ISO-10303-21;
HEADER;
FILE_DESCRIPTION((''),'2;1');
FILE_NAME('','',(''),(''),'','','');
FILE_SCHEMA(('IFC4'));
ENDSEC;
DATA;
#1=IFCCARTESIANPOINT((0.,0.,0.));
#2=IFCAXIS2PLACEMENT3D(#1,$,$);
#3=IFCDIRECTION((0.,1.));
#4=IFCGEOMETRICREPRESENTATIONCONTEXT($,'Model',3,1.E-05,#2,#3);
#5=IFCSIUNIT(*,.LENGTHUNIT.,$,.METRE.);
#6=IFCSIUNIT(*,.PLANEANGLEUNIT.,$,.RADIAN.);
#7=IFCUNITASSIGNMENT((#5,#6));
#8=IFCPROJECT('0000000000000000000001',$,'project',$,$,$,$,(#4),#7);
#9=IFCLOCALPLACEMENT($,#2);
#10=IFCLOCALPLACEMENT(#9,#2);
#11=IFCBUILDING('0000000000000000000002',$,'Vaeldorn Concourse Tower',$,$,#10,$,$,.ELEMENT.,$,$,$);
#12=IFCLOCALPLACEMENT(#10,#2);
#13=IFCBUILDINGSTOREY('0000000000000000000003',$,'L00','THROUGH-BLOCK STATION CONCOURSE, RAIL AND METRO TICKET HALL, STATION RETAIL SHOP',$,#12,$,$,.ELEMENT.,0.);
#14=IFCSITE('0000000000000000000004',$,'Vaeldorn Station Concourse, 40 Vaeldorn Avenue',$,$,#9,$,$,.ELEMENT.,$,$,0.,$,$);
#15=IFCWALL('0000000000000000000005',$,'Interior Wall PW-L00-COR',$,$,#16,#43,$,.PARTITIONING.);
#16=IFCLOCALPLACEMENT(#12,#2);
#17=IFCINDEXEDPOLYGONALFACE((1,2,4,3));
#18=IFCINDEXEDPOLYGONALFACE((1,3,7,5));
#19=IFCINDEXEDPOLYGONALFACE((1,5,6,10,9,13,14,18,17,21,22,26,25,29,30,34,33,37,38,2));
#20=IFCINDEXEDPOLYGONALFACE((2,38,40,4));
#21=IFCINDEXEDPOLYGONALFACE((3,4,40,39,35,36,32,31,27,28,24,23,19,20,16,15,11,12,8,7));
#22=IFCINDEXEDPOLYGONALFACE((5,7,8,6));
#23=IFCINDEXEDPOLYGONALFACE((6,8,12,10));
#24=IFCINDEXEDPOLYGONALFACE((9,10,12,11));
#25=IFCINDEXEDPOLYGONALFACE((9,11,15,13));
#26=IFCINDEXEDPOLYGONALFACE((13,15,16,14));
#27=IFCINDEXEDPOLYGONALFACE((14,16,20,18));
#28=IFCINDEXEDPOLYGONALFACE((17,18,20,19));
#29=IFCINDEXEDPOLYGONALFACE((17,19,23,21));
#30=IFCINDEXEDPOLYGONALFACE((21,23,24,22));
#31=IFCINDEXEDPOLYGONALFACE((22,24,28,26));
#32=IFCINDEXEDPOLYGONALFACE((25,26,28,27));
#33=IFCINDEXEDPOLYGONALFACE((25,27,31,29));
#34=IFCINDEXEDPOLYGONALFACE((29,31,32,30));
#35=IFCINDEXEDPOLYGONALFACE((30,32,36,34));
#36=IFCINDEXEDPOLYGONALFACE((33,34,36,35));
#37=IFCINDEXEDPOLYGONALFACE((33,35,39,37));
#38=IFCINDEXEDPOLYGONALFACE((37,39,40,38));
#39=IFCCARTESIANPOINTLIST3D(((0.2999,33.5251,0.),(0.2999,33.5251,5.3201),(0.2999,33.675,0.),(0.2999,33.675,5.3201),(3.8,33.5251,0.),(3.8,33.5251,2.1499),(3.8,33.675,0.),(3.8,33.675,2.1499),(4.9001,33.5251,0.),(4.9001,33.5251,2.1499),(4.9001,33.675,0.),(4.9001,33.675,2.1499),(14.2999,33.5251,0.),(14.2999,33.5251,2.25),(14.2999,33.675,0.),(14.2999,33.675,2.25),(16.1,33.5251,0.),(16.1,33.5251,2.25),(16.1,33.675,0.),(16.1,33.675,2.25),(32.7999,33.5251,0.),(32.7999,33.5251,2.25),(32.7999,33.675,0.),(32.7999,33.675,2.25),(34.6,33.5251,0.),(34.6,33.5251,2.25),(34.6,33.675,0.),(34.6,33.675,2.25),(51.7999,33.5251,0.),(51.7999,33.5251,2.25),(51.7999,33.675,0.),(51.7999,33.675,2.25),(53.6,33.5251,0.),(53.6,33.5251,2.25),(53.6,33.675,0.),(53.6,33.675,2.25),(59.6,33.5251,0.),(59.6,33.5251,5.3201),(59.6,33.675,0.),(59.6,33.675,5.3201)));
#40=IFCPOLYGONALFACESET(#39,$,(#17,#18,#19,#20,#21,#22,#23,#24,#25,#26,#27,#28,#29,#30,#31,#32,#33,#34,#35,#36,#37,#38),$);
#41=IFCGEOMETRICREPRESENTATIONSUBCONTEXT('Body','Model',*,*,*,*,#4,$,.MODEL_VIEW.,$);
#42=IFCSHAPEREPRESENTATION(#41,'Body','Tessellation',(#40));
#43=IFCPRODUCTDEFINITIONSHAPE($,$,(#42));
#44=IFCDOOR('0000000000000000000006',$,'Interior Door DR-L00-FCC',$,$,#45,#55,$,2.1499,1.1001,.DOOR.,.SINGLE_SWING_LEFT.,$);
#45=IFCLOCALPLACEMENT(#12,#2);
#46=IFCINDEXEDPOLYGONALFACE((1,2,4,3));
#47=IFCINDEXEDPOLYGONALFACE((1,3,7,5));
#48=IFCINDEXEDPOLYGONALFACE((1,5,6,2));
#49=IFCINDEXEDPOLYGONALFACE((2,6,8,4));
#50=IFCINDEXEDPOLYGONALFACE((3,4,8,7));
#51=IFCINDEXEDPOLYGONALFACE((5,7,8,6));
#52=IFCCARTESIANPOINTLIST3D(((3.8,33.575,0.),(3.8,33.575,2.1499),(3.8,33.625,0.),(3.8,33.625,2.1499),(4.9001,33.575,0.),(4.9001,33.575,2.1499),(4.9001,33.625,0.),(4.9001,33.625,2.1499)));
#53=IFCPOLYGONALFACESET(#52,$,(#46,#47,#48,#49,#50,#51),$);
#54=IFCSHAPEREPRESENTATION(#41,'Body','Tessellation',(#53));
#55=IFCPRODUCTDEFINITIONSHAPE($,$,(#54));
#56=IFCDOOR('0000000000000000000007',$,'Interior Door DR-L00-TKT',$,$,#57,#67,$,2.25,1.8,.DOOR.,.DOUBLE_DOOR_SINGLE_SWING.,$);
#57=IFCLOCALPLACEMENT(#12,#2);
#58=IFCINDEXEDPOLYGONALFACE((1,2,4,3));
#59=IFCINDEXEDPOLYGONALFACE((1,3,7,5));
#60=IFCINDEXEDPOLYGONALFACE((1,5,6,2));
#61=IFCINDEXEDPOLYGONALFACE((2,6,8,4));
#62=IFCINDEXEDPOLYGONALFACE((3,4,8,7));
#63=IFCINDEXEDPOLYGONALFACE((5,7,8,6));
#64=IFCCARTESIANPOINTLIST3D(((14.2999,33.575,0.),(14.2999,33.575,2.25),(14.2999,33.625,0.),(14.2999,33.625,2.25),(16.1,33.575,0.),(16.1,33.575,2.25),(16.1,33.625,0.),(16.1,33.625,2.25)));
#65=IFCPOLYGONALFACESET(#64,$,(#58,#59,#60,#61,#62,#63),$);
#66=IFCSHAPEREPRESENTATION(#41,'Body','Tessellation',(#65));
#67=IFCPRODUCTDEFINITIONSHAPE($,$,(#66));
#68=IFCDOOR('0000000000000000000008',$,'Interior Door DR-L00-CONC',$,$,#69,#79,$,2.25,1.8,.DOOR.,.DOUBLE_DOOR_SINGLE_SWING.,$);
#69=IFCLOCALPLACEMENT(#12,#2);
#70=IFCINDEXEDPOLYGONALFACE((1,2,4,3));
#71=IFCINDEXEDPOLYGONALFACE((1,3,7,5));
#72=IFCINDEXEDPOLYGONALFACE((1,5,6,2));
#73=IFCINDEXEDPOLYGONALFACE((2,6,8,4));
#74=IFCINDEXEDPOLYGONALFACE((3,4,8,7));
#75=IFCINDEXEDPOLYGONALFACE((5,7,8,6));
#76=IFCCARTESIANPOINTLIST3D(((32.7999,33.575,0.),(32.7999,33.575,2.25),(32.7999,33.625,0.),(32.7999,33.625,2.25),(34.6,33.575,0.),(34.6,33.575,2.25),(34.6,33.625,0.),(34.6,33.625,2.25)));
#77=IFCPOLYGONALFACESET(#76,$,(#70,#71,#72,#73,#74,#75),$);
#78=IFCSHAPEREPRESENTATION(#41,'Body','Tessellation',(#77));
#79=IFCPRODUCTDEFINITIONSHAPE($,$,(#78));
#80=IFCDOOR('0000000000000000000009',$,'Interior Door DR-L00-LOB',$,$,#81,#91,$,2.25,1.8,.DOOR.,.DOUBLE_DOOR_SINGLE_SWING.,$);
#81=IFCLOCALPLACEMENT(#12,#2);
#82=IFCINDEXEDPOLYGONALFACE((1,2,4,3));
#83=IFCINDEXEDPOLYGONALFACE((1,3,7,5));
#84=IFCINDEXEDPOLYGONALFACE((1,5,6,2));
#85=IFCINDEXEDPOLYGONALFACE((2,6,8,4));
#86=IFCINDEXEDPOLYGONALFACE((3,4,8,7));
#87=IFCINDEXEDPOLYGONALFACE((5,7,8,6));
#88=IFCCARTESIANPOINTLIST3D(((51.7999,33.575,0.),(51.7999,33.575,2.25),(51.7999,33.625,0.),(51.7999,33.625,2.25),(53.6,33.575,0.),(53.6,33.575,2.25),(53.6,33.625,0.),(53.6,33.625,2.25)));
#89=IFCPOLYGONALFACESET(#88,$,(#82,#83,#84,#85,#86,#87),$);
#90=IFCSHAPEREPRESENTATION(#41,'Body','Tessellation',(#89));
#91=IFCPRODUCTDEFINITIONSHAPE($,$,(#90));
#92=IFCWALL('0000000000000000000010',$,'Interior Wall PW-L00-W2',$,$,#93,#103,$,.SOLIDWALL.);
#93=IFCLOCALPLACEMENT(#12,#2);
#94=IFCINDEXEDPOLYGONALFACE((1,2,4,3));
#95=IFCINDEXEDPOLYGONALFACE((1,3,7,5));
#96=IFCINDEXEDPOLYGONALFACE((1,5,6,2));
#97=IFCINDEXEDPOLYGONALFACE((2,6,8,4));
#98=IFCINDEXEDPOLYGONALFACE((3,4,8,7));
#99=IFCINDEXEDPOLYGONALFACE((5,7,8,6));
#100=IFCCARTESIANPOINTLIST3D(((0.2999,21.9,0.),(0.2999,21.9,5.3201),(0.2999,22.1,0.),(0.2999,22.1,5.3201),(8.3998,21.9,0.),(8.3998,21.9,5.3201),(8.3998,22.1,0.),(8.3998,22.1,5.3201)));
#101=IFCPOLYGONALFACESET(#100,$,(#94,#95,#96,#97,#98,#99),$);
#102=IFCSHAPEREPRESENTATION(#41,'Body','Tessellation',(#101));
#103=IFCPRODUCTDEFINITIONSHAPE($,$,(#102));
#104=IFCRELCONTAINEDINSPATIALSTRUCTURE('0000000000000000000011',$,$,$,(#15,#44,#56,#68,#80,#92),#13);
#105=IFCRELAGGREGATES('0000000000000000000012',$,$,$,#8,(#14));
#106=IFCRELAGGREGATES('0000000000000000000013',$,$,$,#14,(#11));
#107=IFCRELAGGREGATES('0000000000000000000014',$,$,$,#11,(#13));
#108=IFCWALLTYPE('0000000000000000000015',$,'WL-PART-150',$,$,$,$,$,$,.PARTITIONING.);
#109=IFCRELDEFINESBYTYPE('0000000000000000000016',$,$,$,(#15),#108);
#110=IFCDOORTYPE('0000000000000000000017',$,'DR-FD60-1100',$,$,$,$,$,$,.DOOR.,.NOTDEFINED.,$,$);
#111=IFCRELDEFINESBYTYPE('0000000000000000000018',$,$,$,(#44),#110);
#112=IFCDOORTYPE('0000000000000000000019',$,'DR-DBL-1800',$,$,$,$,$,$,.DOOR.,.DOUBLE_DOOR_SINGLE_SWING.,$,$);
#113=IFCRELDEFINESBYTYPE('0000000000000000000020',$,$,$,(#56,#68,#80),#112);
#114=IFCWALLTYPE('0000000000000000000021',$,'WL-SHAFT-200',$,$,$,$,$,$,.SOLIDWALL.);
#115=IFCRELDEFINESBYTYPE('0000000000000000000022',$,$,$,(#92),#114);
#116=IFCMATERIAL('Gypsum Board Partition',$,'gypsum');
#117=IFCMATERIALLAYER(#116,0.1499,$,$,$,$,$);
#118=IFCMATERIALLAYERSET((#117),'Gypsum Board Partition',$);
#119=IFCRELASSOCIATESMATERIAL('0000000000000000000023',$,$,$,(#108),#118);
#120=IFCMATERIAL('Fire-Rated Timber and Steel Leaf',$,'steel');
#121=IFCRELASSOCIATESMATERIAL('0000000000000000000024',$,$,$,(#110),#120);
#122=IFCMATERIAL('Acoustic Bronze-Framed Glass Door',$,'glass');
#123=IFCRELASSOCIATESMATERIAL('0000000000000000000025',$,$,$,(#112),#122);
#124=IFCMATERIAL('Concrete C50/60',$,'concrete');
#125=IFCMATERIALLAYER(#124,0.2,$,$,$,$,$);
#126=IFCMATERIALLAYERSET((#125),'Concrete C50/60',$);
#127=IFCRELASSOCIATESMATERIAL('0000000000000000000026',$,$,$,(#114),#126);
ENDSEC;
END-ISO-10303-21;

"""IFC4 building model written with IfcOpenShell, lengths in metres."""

from ifc_helpers import new_model, si_unit, direction, frame, frame_2d, origin, place, context, subcontext, project, spatial, rectangle, extrude, source, transform, mapped, material, layer, layer_set, type_object, element, fill, save


model = new_model("IFC4")

# Units and contexts
model_context = context("Model", 3, precision=1e-05, world=origin(), true_north=direction((0.0, 1.0)))
body_context = subcontext(model_context, "Body", "Model", "MODEL_VIEW")
ifc_project = project(units=[si_unit("LENGTHUNIT", "METRE"), si_unit("PLANEANGLEUNIT", "RADIAN")], contexts=[model_context])

# Site, building, storey
site_placement = place(None, origin())
site = spatial("IfcSite", under=ifc_project, at=site_placement, Name="Vaeldorn Station Concourse, 40 Vaeldorn Avenue", CompositionType="ELEMENT", RefElevation=0.0)
building_placement = place(site_placement, origin())
building = spatial("IfcBuilding", under=site, at=building_placement, Name="Vaeldorn Concourse Tower", CompositionType="ELEMENT")
storey_placement = place(building_placement, origin())
storey = spatial("IfcBuildingStorey", under=building, at=storey_placement, Name="L00", Description="THROUGH-BLOCK STATION CONCOURSE, RAIL AND METRO TICKET HALL, STATION RETAIL SHOP", CompositionType="ELEMENT", Elevation=0.0)

# Shared definitions
ifc_material_1 = material(Name="Concrete C50/60", Category="concrete")

# Wall, openings, doors
ifc_material_2 = material(Name="Gypsum Board Partition", Category="gypsum")
ifc_layer_1 = layer(ifc_material_2, 0.1499)
ifc_layer_set_1 = layer_set([ifc_layer_1], Name="Gypsum Board Partition")
wall_type_1 = type_object("IfcWallType", Name="WL-PART-150", PredefinedType="PARTITIONING", material=ifc_layer_set_1)
wall_1_placement = place(storey_placement, frame((0.3, 33.6001, 0.0), z_axis=(0.0, 0.0, 1.0), x_axis=(1.0, 0.0, 0.0)))
wall_1 = element("IfcWall", 1, at=wall_1_placement, inside=storey, type_object=wall_type_1, Name="Interior Wall PW-L00-COR", PredefinedType="PARTITIONING", context=body_context, shape_type="SweptSolid", body=[
    extrude(rectangle(XDim=59.3, YDim=0.1499, at=frame_2d((29.6499, 0.0))), origin(), (0.0, 0.0, 1.0), 5.3201),
])
opening_1_placement = place(wall_1_placement, frame((3.5, 0.0, 0.0)))
opening_1 = element("IfcOpeningElement", 2, at=opening_1_placement, cuts=wall_1, PredefinedType="OPENING", context=body_context, shape_type="SweptSolid", body=[
    extrude(rectangle(XDim=1.1001, YDim=2.1499, at=frame_2d((0.55, 1.075))), frame((0.0, 0.085, 0.0), z_axis=(0.0, -1.0, 0.0), x_axis=(1.0, 0.0, 0.0)), (0.0, 0.0, 1.0), 0.1699),
])
opening_2_placement = place(wall_1_placement, frame((14.0, 0.0, 0.0)))
opening_2 = element("IfcOpeningElement", 3, at=opening_2_placement, cuts=wall_1, PredefinedType="OPENING", context=body_context, shape_type="SweptSolid", body=[
    extrude(rectangle(XDim=1.8, YDim=2.25, at=frame_2d((0.8999, 1.125))), frame((0.0, 0.085, 0.0), z_axis=(0.0, -1.0, 0.0), x_axis=(1.0, 0.0, 0.0)), (0.0, 0.0, 1.0), 0.1699),
])
opening_3_placement = place(wall_1_placement, frame((32.5, 0.0, 0.0)))
opening_3 = element("IfcOpeningElement", 4, at=opening_3_placement, cuts=wall_1, PredefinedType="OPENING", context=body_context, shape_type="SweptSolid", body=[
    extrude(rectangle(XDim=1.8, YDim=2.25, at=frame_2d((0.8999, 1.125))), frame((0.0, 0.085, 0.0), z_axis=(0.0, -1.0, 0.0), x_axis=(1.0, 0.0, 0.0)), (0.0, 0.0, 1.0), 0.1699),
])
opening_4_placement = place(wall_1_placement, frame((51.5, 0.0, 0.0)))
opening_4 = element("IfcOpeningElement", 5, at=opening_4_placement, cuts=wall_1, PredefinedType="OPENING", context=body_context, shape_type="SweptSolid", body=[
    extrude(rectangle(XDim=1.8, YDim=2.25, at=frame_2d((0.8999, 1.125))), frame((0.0, 0.085, 0.0), z_axis=(0.0, -1.0, 0.0), x_axis=(1.0, 0.0, 0.0)), (0.0, 0.0, 1.0), 0.1699),
])
ifc_material_3 = material(Name="Fire-Rated Timber and Steel Leaf", Category="steel")
door_type_1 = type_object("IfcDoorType", Name="DR-FD60-1100", OperationType="NOTDEFINED", PredefinedType="DOOR", material=ifc_material_3)
shared_shape_1 = source(origin(), body_context, "Body", "SweptSolid", [
    extrude(rectangle(XDim=1.1001, YDim=2.1499, at=frame_2d((0.55, 1.075))), frame((0.0, 0.0249, 0.0), z_axis=(0.0, -1.0, 0.0), x_axis=(1.0, 0.0, 0.0)), (0.0, 0.0, 1.0), 0.05),
])
door_1_placement = place(opening_1_placement, origin())
door_1 = element("IfcDoor", 6, at=door_1_placement, inside=storey, type_object=door_type_1, Name="Interior Door DR-L00-FCC", OperationType="SINGLE_SWING_LEFT", OverallHeight=2.1499, OverallWidth=1.1001, PredefinedType="DOOR", context=body_context, shape_type="MappedRepresentation", body=[
    mapped(shared_shape_1, transform((0.0, 0.0, 0.0), scale=1.0)),
])
fill(opening_1, door_1)
ifc_material_4 = material(Name="Acoustic Bronze-Framed Glass Door", Category="glass")
door_type_2 = type_object("IfcDoorType", Name="DR-DBL-1800", OperationType="DOUBLE_DOOR_SINGLE_SWING", PredefinedType="DOOR", material=ifc_material_4)
shared_shape_2 = source(origin(), body_context, "Body", "SweptSolid", [
    extrude(rectangle(XDim=1.8, YDim=2.25, at=frame_2d((0.8999, 1.125))), frame((0.0, 0.0249, 0.0), z_axis=(0.0, -1.0, 0.0), x_axis=(1.0, 0.0, 0.0)), (0.0, 0.0, 1.0), 0.05),
])
door_2_placement = place(opening_2_placement, origin())
door_2 = element("IfcDoor", 7, at=door_2_placement, inside=storey, type_object=door_type_2, Name="Interior Door DR-L00-TKT", OperationType="DOUBLE_DOOR_SINGLE_SWING", OverallHeight=2.25, OverallWidth=1.8, PredefinedType="DOOR", context=body_context, shape_type="MappedRepresentation", body=[
    mapped(shared_shape_2, transform((0.0, 0.0, 0.0), scale=1.0)),
])
fill(opening_2, door_2)
door_3_placement = place(opening_3_placement, origin())
door_3 = element("IfcDoor", 8, at=door_3_placement, inside=storey, type_object=door_type_2, Name="Interior Door DR-L00-CONC", OperationType="DOUBLE_DOOR_SINGLE_SWING", OverallHeight=2.25, OverallWidth=1.8, PredefinedType="DOOR", context=body_context, shape_type="MappedRepresentation", body=[
    mapped(shared_shape_2, transform((0.0, 0.0, 0.0), scale=1.0)),
])
fill(opening_3, door_3)
door_4_placement = place(opening_4_placement, origin())
door_4 = element("IfcDoor", 9, at=door_4_placement, inside=storey, type_object=door_type_2, Name="Interior Door DR-L00-LOB", OperationType="DOUBLE_DOOR_SINGLE_SWING", OverallHeight=2.25, OverallWidth=1.8, PredefinedType="DOOR", context=body_context, shape_type="MappedRepresentation", body=[
    mapped(shared_shape_2, transform((0.0, 0.0, 0.0), scale=1.0)),
])
fill(opening_4, door_4)

# Wall
ifc_layer_2 = layer(ifc_material_1, 0.2)
ifc_layer_set_2 = layer_set([ifc_layer_2], Name="Concrete C50/60")
wall_type_2 = type_object("IfcWallType", Name="WL-SHAFT-200", PredefinedType="SOLIDWALL", material=ifc_layer_set_2)
wall_2_placement = place(storey_placement, frame((0.3, 22.0, 0.0), z_axis=(0.0, 0.0, 1.0), x_axis=(1.0, 0.0, 0.0)))
element("IfcWall", 10, at=wall_2_placement, inside=storey, type_object=wall_type_2, Name="Interior Wall PW-L00-W2", PredefinedType="SOLIDWALL", context=body_context, shape_type="SweptSolid", body=[
    extrude(rectangle(XDim=8.0999, YDim=0.2, at=frame_2d((4.0498, 0.0))), origin(), (0.0, 0.0, 1.0), 5.3201),
])

save(model, "model.ifc")
